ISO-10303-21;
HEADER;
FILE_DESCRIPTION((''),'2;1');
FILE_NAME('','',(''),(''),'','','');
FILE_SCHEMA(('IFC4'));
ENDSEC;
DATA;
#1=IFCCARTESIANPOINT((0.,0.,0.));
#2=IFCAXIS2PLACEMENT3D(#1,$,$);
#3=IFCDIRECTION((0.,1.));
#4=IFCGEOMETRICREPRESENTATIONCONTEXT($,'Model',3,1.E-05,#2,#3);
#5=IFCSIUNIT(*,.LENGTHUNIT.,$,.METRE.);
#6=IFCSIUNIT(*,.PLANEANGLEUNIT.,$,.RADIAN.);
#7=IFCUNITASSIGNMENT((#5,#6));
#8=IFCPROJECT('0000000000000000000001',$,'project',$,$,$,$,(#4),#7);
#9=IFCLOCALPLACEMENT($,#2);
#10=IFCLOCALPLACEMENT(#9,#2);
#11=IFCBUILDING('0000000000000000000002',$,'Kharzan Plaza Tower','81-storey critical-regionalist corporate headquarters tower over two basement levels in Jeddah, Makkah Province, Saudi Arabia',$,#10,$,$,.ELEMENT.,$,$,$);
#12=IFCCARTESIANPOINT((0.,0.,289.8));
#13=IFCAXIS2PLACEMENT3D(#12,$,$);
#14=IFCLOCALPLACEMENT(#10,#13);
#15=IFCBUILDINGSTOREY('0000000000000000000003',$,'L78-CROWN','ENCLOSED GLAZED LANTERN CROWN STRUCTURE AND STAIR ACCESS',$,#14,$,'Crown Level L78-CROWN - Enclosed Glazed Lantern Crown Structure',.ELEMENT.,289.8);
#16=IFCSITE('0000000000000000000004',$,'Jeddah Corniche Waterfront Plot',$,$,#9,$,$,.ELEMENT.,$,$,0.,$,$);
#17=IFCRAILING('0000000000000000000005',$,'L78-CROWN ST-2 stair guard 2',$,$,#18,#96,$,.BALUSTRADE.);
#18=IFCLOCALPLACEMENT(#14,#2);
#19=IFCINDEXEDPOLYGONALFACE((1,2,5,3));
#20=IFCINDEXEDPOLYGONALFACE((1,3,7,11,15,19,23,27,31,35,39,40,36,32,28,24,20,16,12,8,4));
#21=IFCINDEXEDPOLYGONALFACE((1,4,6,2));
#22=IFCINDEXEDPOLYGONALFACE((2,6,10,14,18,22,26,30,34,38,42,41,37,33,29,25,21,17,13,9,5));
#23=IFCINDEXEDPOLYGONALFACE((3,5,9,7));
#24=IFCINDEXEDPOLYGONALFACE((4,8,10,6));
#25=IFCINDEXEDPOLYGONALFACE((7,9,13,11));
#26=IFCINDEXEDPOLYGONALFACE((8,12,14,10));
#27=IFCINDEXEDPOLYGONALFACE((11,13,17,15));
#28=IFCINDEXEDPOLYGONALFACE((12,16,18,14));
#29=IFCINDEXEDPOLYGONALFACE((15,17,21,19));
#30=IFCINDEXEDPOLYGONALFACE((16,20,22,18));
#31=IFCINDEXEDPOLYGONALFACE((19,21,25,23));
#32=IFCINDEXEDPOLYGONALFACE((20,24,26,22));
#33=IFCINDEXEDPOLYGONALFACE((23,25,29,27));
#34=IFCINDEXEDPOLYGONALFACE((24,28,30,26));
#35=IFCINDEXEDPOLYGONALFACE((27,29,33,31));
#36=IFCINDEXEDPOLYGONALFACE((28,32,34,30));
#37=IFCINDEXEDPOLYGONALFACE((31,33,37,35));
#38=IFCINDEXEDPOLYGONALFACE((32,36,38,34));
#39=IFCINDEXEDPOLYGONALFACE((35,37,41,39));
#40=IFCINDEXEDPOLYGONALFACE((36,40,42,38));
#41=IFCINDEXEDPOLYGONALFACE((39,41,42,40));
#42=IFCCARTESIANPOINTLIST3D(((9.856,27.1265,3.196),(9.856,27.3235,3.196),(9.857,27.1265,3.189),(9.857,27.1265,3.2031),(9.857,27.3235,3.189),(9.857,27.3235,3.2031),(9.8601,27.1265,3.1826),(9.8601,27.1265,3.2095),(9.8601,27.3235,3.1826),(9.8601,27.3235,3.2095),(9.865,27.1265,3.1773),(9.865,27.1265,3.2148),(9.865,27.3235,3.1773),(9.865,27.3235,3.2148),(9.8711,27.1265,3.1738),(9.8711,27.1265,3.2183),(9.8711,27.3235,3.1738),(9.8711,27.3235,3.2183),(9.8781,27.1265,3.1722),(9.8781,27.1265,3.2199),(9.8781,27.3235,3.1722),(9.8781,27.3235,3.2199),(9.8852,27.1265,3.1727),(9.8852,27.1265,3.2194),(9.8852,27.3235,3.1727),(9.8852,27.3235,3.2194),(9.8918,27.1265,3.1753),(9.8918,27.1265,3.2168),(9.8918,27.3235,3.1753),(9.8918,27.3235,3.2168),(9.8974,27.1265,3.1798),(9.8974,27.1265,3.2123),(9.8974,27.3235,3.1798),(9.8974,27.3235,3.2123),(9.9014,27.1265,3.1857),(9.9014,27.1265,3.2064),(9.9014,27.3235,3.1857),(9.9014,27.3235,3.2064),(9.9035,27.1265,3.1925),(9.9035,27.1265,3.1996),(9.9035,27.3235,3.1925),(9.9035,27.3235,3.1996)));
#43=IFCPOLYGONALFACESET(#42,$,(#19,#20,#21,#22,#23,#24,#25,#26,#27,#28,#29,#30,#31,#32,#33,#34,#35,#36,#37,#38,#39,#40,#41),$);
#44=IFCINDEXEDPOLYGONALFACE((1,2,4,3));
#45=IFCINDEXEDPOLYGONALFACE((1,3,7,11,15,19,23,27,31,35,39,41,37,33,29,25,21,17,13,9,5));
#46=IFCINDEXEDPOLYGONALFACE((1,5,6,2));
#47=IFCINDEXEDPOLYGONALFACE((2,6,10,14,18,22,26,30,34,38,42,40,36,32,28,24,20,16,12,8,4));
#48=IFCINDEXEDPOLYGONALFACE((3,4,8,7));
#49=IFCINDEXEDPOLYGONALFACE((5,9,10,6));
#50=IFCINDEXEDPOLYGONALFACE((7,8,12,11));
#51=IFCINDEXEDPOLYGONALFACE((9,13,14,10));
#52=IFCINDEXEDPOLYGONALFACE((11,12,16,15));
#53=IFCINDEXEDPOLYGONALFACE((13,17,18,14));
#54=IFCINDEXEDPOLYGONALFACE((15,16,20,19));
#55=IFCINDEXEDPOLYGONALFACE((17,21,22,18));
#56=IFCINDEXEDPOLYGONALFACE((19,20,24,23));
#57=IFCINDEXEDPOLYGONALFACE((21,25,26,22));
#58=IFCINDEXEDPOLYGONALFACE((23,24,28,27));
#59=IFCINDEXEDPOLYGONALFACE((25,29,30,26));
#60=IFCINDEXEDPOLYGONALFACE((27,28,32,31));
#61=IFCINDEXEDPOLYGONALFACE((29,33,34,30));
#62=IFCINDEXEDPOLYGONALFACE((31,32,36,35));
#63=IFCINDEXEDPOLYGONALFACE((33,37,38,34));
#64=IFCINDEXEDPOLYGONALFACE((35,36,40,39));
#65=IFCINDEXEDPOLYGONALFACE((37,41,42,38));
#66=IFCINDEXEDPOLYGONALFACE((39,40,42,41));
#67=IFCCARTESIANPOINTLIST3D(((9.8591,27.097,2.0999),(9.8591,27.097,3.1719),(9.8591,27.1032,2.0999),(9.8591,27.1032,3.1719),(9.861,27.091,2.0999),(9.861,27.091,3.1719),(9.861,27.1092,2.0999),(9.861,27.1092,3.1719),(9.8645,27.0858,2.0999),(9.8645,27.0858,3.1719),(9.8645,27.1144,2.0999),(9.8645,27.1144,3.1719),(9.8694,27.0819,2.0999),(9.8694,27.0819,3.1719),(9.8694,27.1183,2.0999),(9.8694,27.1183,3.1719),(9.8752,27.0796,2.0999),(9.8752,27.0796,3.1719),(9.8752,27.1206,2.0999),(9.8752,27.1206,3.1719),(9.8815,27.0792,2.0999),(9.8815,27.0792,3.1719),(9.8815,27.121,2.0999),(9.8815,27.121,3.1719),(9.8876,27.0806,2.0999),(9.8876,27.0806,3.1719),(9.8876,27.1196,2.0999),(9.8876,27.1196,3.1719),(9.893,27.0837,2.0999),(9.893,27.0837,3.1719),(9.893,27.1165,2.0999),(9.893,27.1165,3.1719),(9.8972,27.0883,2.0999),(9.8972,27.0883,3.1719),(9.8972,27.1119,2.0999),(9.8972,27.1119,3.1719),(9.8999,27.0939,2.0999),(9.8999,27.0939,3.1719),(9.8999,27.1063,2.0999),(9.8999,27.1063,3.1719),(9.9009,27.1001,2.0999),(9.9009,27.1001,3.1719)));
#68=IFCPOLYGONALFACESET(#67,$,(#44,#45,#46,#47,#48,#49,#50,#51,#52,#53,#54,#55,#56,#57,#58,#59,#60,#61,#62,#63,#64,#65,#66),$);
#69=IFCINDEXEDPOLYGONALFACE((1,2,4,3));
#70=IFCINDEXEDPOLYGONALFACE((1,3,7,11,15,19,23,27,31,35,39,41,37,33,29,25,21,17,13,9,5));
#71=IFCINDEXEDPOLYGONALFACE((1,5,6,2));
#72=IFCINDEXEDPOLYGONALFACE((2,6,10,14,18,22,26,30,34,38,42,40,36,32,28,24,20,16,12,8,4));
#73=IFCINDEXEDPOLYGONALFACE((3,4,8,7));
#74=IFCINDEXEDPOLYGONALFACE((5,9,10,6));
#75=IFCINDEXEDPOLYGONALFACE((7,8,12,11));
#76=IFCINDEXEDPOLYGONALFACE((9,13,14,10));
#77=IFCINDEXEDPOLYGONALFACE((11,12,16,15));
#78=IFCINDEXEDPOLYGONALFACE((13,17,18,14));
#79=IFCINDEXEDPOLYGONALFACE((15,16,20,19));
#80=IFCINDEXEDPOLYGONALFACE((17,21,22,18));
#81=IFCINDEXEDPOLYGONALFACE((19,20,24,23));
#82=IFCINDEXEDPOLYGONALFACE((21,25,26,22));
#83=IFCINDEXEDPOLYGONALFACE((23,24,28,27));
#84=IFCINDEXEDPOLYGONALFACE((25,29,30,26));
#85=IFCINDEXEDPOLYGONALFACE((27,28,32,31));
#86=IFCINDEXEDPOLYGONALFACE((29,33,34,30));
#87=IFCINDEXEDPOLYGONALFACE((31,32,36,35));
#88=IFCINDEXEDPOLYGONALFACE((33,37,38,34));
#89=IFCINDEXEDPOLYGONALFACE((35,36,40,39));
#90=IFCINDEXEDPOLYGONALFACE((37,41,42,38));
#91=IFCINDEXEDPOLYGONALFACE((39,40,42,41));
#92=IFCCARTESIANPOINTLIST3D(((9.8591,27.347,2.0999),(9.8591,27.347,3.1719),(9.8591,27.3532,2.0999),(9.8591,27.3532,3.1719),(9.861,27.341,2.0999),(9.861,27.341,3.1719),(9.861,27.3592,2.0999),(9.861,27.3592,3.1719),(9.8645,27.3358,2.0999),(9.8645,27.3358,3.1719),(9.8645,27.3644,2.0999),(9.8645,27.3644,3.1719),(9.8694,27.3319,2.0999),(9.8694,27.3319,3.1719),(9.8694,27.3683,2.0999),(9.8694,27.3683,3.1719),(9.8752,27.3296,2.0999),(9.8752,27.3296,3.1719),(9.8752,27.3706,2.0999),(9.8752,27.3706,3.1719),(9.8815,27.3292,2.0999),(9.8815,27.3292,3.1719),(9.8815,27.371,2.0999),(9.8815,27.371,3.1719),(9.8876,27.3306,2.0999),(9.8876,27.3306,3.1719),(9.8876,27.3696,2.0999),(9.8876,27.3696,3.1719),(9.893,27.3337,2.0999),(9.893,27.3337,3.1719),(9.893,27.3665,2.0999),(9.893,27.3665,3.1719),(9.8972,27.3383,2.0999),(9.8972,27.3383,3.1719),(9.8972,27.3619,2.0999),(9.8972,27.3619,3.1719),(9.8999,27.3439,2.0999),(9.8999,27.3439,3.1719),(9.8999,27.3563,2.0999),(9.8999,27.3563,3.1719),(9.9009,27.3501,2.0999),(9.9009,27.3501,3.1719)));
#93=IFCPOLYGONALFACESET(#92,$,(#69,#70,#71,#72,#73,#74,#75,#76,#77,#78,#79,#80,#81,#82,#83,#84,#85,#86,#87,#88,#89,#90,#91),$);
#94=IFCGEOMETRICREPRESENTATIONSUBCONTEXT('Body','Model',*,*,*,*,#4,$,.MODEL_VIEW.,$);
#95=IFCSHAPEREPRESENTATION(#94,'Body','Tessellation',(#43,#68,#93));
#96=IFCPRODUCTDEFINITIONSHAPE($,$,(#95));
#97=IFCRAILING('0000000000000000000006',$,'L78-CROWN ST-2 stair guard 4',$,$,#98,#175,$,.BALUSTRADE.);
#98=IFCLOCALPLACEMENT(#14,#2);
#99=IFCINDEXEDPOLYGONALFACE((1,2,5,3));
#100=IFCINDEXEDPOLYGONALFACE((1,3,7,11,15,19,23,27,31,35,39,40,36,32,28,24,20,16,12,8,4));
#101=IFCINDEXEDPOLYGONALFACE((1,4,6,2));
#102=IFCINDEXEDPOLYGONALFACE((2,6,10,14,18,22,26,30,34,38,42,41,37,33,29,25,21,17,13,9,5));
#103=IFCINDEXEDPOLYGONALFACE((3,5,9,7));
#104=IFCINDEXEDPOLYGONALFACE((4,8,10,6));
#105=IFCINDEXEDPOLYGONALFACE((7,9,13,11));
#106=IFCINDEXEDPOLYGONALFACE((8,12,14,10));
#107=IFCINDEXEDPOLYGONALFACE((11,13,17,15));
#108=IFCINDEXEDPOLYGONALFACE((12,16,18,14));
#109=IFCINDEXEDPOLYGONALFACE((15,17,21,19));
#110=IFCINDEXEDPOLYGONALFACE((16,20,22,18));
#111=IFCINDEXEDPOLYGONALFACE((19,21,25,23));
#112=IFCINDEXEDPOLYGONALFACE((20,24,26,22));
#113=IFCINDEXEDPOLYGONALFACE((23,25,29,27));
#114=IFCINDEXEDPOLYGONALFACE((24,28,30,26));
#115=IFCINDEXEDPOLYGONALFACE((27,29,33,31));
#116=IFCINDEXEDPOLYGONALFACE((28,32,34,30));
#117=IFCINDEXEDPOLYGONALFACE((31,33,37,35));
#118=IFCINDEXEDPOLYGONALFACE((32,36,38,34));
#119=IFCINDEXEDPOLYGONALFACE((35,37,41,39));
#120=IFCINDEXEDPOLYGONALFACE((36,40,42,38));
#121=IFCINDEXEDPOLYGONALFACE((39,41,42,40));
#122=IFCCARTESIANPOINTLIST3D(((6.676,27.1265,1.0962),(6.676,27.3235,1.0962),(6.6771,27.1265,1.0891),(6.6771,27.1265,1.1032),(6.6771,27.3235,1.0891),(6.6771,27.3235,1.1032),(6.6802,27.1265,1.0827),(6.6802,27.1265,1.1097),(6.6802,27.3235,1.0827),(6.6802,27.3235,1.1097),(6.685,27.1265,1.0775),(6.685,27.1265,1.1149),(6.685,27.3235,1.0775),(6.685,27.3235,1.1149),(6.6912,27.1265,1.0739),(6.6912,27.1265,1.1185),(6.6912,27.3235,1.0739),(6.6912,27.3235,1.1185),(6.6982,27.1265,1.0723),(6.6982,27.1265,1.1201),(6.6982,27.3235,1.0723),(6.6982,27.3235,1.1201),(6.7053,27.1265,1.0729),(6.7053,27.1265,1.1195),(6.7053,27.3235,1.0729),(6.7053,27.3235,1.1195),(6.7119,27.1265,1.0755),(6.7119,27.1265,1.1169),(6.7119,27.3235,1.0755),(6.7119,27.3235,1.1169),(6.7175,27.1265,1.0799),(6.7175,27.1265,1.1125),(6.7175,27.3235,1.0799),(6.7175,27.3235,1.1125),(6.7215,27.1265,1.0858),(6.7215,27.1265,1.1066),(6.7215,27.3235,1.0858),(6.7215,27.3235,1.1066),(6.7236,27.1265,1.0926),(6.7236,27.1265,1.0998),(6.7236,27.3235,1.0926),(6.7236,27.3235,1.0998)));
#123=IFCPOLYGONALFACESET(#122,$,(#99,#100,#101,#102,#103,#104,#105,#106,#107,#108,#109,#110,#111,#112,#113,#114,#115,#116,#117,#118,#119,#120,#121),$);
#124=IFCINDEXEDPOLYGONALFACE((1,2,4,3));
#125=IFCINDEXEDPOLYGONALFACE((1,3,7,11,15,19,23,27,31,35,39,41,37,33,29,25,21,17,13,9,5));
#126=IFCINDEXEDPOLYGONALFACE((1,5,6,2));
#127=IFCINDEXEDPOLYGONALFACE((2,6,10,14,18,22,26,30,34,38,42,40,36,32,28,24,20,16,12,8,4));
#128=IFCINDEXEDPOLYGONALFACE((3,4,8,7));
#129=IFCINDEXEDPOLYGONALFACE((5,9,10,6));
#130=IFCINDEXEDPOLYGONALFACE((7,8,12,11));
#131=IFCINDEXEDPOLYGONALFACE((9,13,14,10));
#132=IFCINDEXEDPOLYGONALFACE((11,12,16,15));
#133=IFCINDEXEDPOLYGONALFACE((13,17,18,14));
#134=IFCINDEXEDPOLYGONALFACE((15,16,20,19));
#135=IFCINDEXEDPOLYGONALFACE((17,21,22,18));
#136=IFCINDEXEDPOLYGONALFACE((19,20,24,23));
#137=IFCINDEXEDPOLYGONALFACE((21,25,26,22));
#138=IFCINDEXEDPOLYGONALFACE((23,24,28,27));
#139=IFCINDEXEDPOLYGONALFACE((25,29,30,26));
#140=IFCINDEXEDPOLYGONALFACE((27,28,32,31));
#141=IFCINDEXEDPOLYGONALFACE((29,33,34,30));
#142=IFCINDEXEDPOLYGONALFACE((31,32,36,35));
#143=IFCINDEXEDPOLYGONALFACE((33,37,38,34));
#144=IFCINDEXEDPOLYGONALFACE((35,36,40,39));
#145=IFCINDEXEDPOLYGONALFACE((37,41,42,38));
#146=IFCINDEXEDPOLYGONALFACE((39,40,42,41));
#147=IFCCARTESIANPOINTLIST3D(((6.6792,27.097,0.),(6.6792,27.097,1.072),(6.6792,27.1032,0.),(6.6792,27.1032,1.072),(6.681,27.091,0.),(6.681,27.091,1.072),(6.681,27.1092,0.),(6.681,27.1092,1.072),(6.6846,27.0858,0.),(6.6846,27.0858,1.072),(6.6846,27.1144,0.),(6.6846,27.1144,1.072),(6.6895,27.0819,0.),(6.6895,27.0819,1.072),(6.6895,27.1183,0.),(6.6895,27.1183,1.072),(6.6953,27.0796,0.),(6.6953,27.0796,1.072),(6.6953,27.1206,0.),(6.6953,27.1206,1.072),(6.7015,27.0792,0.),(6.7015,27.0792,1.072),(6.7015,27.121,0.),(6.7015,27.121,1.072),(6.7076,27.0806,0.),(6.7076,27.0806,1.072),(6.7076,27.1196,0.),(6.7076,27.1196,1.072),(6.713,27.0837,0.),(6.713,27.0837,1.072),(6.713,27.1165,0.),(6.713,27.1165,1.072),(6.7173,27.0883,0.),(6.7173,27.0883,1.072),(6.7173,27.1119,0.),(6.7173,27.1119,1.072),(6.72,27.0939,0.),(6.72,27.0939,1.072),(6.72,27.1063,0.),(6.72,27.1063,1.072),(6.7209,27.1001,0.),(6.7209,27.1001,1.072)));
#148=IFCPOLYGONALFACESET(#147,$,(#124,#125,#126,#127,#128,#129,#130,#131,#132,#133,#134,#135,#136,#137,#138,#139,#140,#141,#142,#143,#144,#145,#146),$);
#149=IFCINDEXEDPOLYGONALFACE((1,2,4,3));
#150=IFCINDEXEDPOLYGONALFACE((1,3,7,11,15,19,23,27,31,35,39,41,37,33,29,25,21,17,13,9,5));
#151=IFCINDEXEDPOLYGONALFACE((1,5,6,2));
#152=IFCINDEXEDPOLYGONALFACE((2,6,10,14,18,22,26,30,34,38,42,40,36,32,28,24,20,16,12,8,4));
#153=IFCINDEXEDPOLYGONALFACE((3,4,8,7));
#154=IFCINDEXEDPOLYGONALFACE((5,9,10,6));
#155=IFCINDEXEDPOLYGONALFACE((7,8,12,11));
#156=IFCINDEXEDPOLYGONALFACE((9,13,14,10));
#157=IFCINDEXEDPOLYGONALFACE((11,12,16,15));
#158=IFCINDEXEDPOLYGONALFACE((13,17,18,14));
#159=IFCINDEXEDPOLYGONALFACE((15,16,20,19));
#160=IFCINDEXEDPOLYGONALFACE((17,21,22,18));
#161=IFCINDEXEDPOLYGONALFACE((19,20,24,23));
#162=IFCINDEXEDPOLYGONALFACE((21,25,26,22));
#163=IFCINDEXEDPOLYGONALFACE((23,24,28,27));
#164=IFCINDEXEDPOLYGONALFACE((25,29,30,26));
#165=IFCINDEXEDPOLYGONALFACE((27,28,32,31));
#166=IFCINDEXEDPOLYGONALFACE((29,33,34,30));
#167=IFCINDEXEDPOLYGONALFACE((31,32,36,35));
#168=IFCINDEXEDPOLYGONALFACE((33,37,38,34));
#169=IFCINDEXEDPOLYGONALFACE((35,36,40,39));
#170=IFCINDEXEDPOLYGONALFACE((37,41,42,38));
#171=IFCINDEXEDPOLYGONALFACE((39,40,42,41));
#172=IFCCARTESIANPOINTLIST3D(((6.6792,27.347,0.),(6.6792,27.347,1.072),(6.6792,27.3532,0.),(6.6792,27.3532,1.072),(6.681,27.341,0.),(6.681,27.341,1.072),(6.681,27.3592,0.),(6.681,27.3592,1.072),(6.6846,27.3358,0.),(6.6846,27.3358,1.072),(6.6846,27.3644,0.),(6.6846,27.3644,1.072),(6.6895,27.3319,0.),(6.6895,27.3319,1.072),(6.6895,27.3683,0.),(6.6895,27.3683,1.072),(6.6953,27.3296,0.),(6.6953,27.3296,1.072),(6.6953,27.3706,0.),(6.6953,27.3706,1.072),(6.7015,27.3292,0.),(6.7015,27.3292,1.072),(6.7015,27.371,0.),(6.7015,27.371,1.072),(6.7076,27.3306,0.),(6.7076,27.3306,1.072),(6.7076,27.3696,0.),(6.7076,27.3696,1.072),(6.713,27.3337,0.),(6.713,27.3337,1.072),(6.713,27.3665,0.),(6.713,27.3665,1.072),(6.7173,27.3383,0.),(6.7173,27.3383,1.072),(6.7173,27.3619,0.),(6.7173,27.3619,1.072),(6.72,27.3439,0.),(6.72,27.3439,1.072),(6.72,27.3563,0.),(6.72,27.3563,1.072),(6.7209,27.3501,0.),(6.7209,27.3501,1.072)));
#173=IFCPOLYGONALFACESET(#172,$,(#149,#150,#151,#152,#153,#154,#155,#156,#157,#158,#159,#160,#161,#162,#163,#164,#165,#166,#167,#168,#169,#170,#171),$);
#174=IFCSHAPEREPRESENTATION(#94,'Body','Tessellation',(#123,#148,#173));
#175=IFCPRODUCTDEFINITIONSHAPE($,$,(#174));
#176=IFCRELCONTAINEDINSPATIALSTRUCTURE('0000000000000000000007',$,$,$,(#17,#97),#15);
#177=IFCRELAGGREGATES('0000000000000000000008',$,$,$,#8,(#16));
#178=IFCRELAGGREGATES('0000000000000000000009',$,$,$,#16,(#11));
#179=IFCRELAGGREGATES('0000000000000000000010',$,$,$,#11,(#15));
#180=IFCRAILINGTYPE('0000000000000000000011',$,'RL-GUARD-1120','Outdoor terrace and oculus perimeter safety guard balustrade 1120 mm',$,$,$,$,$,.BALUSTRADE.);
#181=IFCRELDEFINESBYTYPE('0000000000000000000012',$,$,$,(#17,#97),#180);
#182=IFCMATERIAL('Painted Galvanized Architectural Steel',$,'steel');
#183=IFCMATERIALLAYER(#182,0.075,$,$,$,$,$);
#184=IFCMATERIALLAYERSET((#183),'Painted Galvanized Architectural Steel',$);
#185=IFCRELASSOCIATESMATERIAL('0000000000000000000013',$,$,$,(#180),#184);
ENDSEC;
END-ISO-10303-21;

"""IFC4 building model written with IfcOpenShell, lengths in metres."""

from ifc_helpers import new_model, si_unit, direction, frame, origin, origin_2d, place, context, subcontext, project, spatial, circle, extrude, source, transform, mapped, material, layer, layer_set, type_object, element, save


model = new_model("IFC4")

# Units and contexts
model_context = context("Model", 3, precision=1e-05, world=origin(), true_north=direction((0.0, 1.0)))
body_context = subcontext(model_context, "Body", "Model", "MODEL_VIEW")
ifc_project = project(units=[si_unit("LENGTHUNIT", "METRE"), si_unit("PLANEANGLEUNIT", "RADIAN")], contexts=[model_context])

# Site, building, storey
site_placement = place(None, origin())
site = spatial("IfcSite", under=ifc_project, at=site_placement, Name="Jeddah Corniche Waterfront Plot", CompositionType="ELEMENT", RefElevation=0.0)
building_placement = place(site_placement, origin())
building = spatial("IfcBuilding", under=site, at=building_placement, Name="Kharzan Plaza Tower", Description="81-storey critical-regionalist corporate headquarters tower over two basement levels in Jeddah, Makkah Province, Saudi Arabia", CompositionType="ELEMENT")
storey_placement = place(building_placement, frame((0.0, 0.0, 289.8)))
storey = spatial("IfcBuildingStorey", under=building, at=storey_placement, Name="L78-CROWN", Description="ENCLOSED GLAZED LANTERN CROWN STRUCTURE AND STAIR ACCESS", LongName="Crown Level L78-CROWN - Enclosed Glazed Lantern Crown Structure", CompositionType="ELEMENT", Elevation=289.8)

# Railings
ifc_material_1 = material(Name="Painted Galvanized Architectural Steel", Category="steel")
ifc_layer_1 = layer(ifc_material_1, 0.075)
ifc_layer_set_1 = layer_set([ifc_layer_1], Name="Painted Galvanized Architectural Steel")
railing_type_1 = type_object("IfcRailingType", Name="RL-GUARD-1120", Description="Outdoor terrace and oculus perimeter safety guard balustrade 1120 mm", PredefinedType="BALUSTRADE", material=ifc_layer_set_1)
shared_shape_1 = source(origin(), body_context, "Body", "SweptSolid", [
    extrude(circle(Radius=0.0239, at=origin_2d()), frame((0.0, 0.0264, 1.0962), z_axis=(0.0, 1.0, 0.0), x_axis=(-1.0, 0.0, 0.0)), (0.0, 0.0, 1.0), 0.197),
    extrude(circle(Radius=0.021, at=origin_2d()), origin(), (0.0, 0.0, 1.0), 1.072),
    extrude(circle(Radius=0.021, at=origin_2d()), frame((0.0, 0.25, 0.0)), (0.0, 0.0, 1.0), 1.072),
])
for number, where, name in (
    (1, (9.8799, 27.1001, 2.0999), "L78-CROWN ST-2 stair guard 2"),
    (2, (6.7, 27.1001, 0.0), "L78-CROWN ST-2 stair guard 4"),
):
    element("IfcRailing", number, at=place(storey_placement, frame(where)), inside=storey, type_object=railing_type_1, Name=name, PredefinedType="BALUSTRADE", context=body_context, shape_type="MappedRepresentation", body=[
        mapped(shared_shape_1, transform((0.0, 0.0, 0.0), x_axis=(1.0, 0.0, 0.0), y_axis=(0.0, 1.0, 0.0), z_axis=(0.0, 0.0, 1.0))),
    ])

save(model, "model.ifc")
